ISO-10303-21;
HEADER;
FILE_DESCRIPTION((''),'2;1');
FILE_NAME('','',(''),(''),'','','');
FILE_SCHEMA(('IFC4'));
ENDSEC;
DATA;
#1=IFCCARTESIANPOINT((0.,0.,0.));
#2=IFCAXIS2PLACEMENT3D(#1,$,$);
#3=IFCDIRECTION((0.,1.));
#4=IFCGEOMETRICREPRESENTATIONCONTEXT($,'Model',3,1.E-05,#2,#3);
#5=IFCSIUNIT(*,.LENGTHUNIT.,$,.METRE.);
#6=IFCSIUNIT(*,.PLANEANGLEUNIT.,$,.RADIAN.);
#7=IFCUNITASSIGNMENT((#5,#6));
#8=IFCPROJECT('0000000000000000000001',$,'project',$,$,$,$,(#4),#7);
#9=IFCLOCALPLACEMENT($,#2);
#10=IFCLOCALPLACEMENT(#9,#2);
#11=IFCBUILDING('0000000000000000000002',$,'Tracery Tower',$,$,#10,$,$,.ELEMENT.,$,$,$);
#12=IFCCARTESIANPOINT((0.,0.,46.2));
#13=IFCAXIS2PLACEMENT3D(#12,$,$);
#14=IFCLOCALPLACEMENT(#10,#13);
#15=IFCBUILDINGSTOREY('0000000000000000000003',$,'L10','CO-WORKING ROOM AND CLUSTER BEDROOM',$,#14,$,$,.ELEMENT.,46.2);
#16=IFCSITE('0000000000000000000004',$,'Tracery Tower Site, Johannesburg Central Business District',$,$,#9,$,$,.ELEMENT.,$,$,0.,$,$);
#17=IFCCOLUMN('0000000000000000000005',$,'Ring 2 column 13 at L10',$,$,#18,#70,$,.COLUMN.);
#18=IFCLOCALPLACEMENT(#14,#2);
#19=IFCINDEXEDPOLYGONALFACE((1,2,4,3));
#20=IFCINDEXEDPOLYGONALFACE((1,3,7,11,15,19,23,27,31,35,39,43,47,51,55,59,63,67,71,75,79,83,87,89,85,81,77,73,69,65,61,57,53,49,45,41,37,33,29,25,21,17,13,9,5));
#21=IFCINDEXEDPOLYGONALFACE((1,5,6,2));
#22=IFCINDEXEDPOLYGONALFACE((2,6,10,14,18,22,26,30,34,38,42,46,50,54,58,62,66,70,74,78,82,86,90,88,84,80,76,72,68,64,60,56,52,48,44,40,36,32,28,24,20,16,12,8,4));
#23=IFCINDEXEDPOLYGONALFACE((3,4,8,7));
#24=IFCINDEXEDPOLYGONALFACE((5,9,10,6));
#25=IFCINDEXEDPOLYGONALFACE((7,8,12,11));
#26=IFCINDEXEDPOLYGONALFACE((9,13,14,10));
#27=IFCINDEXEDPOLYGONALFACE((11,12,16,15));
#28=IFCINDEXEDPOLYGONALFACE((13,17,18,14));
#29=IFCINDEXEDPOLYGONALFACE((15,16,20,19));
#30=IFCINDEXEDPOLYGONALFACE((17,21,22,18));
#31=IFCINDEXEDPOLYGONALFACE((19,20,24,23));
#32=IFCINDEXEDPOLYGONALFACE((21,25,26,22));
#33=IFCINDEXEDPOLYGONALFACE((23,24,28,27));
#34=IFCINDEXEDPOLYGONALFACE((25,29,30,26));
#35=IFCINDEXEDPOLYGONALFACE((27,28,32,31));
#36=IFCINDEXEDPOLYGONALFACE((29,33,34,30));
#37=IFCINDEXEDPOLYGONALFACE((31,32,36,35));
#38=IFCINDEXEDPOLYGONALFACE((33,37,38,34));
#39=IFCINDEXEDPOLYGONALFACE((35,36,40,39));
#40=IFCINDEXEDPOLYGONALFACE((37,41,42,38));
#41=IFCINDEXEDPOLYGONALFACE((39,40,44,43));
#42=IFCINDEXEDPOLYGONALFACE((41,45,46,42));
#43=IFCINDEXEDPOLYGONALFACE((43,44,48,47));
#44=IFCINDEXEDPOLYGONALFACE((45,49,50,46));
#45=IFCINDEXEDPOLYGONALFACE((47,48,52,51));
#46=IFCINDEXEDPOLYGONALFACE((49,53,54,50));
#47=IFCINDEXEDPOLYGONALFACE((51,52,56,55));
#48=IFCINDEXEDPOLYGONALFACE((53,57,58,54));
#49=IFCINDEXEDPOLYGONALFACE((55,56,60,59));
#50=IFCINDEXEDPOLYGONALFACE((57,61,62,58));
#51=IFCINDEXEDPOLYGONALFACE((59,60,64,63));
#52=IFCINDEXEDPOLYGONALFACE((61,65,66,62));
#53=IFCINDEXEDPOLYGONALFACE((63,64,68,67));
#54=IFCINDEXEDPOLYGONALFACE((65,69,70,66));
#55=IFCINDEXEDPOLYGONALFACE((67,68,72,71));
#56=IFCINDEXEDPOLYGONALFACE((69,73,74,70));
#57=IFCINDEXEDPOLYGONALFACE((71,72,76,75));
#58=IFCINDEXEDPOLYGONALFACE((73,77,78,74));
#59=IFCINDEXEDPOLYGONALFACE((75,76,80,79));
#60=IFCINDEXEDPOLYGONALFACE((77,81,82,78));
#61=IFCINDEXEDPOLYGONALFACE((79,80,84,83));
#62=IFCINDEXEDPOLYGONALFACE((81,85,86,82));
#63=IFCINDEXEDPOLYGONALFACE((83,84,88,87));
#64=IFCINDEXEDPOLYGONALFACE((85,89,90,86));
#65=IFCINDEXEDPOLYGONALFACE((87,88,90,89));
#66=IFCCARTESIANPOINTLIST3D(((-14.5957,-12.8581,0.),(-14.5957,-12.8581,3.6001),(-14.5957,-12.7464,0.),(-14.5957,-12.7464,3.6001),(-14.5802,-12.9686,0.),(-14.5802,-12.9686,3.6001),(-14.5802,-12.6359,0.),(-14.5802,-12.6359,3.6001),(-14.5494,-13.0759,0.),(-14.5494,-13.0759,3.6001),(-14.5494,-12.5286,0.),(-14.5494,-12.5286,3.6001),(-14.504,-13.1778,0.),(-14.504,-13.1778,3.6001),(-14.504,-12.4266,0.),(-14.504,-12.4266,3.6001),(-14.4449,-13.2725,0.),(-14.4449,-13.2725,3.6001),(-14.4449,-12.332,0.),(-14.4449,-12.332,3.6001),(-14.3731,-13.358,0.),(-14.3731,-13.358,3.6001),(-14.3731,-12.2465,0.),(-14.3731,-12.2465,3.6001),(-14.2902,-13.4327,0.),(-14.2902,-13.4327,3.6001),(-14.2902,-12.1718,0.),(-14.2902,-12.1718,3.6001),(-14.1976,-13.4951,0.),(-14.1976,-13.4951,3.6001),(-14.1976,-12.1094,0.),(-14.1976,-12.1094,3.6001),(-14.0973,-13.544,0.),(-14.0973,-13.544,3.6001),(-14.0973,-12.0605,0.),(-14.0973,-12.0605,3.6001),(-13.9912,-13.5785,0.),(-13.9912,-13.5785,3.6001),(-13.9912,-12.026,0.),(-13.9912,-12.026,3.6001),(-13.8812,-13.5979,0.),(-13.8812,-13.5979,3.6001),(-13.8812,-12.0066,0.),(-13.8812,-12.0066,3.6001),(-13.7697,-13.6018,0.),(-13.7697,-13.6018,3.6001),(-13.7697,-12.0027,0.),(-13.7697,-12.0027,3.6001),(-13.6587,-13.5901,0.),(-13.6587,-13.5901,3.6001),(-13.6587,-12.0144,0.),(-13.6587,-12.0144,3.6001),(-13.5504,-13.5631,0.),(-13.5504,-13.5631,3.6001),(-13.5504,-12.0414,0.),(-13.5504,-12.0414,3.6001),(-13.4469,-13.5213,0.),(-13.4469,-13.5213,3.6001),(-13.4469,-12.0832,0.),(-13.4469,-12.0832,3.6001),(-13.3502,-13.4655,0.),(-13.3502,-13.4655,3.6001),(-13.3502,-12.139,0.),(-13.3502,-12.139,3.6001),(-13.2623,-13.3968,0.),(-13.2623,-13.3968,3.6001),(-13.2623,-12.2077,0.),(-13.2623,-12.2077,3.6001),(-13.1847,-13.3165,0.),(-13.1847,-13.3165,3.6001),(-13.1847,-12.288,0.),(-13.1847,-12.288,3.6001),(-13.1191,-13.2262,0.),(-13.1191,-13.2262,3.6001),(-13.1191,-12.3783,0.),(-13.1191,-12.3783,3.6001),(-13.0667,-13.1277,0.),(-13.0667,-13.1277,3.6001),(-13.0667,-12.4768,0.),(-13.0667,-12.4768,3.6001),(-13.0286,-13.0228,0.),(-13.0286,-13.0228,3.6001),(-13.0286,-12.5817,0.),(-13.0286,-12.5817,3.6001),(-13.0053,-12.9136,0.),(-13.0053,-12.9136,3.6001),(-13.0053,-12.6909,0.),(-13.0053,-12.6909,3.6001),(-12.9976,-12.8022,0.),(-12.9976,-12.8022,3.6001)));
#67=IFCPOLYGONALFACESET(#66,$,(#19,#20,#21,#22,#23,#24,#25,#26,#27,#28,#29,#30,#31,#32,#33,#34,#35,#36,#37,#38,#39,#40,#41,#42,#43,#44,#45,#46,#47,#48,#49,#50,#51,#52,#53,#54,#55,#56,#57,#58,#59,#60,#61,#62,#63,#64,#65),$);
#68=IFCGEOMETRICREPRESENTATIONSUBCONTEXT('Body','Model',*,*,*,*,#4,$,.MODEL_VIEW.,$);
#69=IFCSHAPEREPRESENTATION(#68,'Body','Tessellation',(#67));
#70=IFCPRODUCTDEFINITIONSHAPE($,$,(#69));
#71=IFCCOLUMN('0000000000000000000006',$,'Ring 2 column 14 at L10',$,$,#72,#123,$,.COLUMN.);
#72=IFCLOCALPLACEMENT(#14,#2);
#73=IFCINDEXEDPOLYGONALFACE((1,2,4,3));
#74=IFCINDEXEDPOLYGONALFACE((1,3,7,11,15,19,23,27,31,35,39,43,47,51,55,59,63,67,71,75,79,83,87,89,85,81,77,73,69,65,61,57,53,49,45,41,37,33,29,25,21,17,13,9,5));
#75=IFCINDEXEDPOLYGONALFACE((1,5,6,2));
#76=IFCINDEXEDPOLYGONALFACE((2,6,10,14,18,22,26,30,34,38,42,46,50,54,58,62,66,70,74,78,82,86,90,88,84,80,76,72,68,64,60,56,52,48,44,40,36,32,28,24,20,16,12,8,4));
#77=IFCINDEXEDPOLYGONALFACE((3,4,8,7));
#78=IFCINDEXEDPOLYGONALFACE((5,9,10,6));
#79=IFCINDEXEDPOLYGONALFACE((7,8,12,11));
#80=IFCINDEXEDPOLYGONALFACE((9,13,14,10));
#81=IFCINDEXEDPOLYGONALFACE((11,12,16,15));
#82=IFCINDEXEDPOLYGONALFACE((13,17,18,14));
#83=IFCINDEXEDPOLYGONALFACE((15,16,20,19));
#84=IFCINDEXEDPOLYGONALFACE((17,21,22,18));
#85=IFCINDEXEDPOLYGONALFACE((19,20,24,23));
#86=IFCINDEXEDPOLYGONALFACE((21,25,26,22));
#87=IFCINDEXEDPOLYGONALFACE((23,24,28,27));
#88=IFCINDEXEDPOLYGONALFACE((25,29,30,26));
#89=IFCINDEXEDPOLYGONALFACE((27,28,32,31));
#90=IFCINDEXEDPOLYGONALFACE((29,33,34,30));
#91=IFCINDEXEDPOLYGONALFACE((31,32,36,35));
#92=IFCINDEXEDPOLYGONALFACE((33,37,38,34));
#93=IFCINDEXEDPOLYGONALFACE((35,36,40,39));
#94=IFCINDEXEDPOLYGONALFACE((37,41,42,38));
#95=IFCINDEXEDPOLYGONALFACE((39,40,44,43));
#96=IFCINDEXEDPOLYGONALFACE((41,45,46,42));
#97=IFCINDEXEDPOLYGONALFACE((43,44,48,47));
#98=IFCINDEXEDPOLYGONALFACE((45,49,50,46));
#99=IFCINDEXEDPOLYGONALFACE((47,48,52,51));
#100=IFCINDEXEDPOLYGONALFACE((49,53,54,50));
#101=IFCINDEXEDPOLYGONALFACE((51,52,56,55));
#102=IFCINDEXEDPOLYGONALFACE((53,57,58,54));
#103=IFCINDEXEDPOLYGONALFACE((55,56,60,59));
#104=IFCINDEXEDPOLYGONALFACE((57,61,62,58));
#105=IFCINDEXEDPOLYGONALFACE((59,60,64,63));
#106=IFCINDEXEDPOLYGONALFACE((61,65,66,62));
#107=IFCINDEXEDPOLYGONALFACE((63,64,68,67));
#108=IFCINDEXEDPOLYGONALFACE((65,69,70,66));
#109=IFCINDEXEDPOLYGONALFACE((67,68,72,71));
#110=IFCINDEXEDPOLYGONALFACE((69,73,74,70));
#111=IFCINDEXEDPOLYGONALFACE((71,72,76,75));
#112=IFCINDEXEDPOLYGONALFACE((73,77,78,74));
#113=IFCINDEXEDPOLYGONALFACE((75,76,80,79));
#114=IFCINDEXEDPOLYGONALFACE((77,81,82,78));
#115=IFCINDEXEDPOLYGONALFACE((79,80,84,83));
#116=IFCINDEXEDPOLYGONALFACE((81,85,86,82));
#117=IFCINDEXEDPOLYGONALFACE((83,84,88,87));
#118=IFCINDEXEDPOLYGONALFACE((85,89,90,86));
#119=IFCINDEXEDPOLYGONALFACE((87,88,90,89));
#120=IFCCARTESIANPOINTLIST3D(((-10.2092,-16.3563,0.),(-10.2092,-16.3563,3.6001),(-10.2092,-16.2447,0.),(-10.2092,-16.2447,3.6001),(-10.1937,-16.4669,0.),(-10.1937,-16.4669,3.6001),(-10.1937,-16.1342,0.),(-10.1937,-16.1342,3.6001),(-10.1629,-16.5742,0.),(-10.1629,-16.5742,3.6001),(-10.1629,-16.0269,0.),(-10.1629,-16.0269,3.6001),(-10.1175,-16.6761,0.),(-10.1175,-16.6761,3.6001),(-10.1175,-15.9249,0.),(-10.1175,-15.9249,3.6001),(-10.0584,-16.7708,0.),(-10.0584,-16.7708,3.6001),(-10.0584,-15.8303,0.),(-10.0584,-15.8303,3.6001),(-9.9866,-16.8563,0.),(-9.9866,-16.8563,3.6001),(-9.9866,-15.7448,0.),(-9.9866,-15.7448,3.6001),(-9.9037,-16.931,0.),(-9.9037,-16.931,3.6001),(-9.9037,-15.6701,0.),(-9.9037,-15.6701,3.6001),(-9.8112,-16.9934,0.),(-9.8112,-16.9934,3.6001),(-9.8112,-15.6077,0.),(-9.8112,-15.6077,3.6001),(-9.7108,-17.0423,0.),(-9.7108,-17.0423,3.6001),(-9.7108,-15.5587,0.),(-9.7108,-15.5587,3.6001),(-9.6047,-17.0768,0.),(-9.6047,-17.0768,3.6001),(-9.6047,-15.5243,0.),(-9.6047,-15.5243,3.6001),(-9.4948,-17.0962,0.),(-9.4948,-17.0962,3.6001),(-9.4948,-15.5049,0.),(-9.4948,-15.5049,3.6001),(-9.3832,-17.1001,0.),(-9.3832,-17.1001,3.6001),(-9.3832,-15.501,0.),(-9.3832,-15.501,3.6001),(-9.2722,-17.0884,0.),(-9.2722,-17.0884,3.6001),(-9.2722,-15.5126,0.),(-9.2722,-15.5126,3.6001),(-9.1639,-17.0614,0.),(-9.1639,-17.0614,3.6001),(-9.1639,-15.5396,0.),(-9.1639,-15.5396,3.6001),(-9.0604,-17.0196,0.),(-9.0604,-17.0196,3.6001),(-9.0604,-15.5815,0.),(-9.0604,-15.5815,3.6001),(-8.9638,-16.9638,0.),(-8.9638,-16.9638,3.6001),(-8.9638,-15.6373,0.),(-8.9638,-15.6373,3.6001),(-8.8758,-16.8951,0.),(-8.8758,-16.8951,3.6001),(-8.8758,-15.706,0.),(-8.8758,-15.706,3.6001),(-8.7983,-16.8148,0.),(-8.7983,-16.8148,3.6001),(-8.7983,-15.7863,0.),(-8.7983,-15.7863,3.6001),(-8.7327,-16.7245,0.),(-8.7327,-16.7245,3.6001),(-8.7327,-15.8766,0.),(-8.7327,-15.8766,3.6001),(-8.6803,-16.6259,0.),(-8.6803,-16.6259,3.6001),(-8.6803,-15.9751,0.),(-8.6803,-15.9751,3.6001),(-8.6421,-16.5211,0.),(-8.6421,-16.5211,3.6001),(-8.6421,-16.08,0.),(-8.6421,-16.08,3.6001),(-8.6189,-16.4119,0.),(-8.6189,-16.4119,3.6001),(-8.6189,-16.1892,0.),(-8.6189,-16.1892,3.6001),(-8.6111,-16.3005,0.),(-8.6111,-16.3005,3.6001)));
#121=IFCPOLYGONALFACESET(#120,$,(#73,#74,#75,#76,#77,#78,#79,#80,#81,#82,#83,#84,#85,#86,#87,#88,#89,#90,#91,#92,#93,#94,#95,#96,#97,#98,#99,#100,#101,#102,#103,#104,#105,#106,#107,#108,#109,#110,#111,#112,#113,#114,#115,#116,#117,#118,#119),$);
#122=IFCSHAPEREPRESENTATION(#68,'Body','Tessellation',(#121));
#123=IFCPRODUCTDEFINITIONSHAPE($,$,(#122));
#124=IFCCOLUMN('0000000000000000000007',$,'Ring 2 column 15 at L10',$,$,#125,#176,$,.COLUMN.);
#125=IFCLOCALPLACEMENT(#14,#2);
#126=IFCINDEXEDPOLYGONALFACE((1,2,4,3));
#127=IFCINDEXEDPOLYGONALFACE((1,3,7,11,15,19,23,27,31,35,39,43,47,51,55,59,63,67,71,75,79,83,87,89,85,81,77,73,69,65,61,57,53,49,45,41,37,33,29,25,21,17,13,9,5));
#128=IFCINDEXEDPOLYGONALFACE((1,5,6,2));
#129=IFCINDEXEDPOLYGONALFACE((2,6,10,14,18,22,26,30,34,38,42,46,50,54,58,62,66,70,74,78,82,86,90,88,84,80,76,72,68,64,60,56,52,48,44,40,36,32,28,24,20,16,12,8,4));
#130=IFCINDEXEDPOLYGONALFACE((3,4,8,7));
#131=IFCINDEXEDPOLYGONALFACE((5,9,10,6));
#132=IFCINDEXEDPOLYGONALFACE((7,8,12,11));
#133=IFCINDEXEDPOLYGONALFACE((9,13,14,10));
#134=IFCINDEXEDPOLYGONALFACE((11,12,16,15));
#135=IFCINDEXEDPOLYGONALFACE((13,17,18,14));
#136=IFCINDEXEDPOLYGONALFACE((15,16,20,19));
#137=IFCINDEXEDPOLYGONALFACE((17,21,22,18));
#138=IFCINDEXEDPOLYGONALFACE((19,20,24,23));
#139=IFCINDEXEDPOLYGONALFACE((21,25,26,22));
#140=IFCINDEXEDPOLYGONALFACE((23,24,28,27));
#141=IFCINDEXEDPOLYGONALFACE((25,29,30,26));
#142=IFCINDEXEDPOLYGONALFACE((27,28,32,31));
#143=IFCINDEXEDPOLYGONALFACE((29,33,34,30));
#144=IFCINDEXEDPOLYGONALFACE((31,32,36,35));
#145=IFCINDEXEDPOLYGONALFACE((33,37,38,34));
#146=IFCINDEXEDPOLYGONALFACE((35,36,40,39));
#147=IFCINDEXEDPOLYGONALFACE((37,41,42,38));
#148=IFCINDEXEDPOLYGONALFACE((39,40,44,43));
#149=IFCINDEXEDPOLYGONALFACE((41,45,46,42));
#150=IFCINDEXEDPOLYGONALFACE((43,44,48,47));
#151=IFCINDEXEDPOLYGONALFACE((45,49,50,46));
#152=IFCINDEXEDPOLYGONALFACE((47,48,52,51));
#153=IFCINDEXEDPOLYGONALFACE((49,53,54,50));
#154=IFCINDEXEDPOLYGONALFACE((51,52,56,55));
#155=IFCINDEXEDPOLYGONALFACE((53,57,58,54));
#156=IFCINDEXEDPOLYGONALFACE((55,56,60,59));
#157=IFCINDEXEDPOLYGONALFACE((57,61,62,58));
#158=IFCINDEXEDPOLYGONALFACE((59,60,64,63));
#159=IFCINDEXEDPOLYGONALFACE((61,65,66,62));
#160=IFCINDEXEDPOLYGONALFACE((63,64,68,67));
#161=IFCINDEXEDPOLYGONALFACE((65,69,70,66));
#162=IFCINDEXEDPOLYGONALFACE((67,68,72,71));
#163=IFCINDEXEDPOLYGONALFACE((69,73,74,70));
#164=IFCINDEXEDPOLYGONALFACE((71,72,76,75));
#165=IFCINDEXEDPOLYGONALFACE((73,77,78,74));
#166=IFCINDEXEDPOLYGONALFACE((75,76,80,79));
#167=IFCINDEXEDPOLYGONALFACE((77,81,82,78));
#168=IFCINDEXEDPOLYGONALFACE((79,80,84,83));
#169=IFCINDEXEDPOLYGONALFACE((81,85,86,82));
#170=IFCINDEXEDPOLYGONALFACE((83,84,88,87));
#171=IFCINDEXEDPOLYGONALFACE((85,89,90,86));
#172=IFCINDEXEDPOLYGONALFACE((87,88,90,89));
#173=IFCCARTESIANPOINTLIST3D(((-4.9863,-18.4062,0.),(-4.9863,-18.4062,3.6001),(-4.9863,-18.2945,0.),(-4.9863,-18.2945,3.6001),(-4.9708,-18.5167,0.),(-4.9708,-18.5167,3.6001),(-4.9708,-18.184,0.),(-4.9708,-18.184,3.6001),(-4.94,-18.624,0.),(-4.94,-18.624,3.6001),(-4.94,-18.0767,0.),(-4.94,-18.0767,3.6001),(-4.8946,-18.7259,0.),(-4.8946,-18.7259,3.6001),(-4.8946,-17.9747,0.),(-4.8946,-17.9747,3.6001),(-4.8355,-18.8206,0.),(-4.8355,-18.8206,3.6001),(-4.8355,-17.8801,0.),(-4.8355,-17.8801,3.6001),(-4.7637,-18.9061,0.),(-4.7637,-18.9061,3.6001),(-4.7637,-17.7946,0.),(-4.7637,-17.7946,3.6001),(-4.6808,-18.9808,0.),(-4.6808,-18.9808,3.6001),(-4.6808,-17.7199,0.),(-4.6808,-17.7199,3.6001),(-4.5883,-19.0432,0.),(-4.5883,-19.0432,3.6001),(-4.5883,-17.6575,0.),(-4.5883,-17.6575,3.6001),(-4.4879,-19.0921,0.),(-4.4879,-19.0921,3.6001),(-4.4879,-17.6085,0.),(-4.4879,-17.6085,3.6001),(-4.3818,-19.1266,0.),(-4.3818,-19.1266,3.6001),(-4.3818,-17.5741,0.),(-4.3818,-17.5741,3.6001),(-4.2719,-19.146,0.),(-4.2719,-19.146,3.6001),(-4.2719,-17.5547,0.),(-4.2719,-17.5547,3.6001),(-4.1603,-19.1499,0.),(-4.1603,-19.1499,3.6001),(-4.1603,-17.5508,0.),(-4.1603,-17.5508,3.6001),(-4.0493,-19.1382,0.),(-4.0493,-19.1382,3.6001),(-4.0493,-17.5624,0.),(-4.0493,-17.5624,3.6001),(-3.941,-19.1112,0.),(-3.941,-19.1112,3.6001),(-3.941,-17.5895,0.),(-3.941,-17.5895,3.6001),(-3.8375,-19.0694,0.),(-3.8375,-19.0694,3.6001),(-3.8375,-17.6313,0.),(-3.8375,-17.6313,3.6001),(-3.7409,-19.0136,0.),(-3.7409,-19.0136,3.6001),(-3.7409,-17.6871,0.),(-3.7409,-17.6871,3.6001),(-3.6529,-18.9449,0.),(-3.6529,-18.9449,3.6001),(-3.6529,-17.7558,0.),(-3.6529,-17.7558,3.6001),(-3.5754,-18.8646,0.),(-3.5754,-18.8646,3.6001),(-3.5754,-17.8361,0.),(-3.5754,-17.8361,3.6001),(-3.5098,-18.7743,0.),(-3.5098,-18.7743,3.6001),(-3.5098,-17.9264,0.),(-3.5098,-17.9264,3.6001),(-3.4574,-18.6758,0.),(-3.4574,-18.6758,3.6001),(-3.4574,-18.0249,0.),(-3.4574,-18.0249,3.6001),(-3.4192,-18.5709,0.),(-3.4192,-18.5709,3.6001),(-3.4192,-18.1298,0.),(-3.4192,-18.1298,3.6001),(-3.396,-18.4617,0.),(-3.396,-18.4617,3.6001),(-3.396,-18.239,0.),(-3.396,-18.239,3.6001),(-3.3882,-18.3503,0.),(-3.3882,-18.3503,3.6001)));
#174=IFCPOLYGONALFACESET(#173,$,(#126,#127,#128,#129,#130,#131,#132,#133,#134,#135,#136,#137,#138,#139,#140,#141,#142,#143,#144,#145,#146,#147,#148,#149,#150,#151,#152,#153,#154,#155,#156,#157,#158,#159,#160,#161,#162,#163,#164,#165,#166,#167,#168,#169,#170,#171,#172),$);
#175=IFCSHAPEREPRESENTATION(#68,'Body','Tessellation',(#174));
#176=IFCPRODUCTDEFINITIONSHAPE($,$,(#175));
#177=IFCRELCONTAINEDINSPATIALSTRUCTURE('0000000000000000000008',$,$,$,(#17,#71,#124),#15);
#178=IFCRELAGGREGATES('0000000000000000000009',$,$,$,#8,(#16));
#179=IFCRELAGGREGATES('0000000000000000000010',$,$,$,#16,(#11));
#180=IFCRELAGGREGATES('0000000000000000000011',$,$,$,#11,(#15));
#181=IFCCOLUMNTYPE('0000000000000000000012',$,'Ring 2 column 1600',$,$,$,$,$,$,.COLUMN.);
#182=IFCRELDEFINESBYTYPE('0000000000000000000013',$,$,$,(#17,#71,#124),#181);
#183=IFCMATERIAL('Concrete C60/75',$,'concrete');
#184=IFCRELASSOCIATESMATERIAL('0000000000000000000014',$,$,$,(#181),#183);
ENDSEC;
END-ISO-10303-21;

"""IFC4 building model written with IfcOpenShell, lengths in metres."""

from ifc_helpers import new_model, si_unit, direction, frame, origin, origin_2d, place, context, subcontext, project, spatial, circle, extrude, material, material_profile, profile_set, type_object, element, save


model = new_model("IFC4")

# Units and contexts
model_context = context("Model", 3, precision=1e-05, world=origin(), true_north=direction((0.0, 1.0)))
body_context = subcontext(model_context, "Body", "Model", "MODEL_VIEW")
ifc_project = project(units=[si_unit("LENGTHUNIT", "METRE"), si_unit("PLANEANGLEUNIT", "RADIAN")], contexts=[model_context])

# Site, building, storey
site_placement = place(None, origin())
site = spatial("IfcSite", under=ifc_project, at=site_placement, Name="Tracery Tower Site, Johannesburg Central Business District", CompositionType="ELEMENT", RefElevation=0.0)
building_placement = place(site_placement, origin())
building = spatial("IfcBuilding", under=site, at=building_placement, Name="Tracery Tower", CompositionType="ELEMENT")
storey_placement = place(building_placement, frame((0.0, 0.0, 46.2)))
storey = spatial("IfcBuildingStorey", under=building, at=storey_placement, Name="L10", Description="CO-WORKING ROOM AND CLUSTER BEDROOM", CompositionType="ELEMENT", Elevation=46.2)

# Columns
ifc_material_1 = material(Name="Concrete C60/75", Category="concrete")
ifc_material_profile_1 = material_profile(ifc_material_1, circle(Radius=0.8, at=origin_2d()), Name="RC D1600")
ifc_profile_set_1 = profile_set([ifc_material_profile_1], Name="Concrete C60/75")
column_type_1 = type_object("IfcColumnType", Name="Ring 2 column 1600", PredefinedType="COLUMN", material=ifc_profile_set_1)
for number, where, z_axis, x_axis, name in (
    (1, (-13.7976, -12.8022, 0.0), (0.0, 0.0, 1.0), (1.0, 0.0, 0.0), "Ring 2 column 13 at L10"),
    (2, (-9.4111, -16.3005, 0.0), (0.0, 0.0, 1.0), (1.0, 0.0, 0.0), "Ring 2 column 14 at L10"),
    (3, (-4.1882, -18.3503, 0.0), (0.0, 0.0, 1.0), (1.0, 0.0, 0.0), "Ring 2 column 15 at L10"),
):
    element("IfcColumn", number, at=place(storey_placement, frame(where, z_axis=z_axis, x_axis=x_axis)), inside=storey, type_object=column_type_1, Name=name, PredefinedType="COLUMN", context=body_context, shape_type="SweptSolid", body=[
        extrude(circle(Radius=0.8, at=origin_2d()), origin(), (0.0, 0.0, 1.0), 3.6001),
    ])

save(model, "model.ifc")
